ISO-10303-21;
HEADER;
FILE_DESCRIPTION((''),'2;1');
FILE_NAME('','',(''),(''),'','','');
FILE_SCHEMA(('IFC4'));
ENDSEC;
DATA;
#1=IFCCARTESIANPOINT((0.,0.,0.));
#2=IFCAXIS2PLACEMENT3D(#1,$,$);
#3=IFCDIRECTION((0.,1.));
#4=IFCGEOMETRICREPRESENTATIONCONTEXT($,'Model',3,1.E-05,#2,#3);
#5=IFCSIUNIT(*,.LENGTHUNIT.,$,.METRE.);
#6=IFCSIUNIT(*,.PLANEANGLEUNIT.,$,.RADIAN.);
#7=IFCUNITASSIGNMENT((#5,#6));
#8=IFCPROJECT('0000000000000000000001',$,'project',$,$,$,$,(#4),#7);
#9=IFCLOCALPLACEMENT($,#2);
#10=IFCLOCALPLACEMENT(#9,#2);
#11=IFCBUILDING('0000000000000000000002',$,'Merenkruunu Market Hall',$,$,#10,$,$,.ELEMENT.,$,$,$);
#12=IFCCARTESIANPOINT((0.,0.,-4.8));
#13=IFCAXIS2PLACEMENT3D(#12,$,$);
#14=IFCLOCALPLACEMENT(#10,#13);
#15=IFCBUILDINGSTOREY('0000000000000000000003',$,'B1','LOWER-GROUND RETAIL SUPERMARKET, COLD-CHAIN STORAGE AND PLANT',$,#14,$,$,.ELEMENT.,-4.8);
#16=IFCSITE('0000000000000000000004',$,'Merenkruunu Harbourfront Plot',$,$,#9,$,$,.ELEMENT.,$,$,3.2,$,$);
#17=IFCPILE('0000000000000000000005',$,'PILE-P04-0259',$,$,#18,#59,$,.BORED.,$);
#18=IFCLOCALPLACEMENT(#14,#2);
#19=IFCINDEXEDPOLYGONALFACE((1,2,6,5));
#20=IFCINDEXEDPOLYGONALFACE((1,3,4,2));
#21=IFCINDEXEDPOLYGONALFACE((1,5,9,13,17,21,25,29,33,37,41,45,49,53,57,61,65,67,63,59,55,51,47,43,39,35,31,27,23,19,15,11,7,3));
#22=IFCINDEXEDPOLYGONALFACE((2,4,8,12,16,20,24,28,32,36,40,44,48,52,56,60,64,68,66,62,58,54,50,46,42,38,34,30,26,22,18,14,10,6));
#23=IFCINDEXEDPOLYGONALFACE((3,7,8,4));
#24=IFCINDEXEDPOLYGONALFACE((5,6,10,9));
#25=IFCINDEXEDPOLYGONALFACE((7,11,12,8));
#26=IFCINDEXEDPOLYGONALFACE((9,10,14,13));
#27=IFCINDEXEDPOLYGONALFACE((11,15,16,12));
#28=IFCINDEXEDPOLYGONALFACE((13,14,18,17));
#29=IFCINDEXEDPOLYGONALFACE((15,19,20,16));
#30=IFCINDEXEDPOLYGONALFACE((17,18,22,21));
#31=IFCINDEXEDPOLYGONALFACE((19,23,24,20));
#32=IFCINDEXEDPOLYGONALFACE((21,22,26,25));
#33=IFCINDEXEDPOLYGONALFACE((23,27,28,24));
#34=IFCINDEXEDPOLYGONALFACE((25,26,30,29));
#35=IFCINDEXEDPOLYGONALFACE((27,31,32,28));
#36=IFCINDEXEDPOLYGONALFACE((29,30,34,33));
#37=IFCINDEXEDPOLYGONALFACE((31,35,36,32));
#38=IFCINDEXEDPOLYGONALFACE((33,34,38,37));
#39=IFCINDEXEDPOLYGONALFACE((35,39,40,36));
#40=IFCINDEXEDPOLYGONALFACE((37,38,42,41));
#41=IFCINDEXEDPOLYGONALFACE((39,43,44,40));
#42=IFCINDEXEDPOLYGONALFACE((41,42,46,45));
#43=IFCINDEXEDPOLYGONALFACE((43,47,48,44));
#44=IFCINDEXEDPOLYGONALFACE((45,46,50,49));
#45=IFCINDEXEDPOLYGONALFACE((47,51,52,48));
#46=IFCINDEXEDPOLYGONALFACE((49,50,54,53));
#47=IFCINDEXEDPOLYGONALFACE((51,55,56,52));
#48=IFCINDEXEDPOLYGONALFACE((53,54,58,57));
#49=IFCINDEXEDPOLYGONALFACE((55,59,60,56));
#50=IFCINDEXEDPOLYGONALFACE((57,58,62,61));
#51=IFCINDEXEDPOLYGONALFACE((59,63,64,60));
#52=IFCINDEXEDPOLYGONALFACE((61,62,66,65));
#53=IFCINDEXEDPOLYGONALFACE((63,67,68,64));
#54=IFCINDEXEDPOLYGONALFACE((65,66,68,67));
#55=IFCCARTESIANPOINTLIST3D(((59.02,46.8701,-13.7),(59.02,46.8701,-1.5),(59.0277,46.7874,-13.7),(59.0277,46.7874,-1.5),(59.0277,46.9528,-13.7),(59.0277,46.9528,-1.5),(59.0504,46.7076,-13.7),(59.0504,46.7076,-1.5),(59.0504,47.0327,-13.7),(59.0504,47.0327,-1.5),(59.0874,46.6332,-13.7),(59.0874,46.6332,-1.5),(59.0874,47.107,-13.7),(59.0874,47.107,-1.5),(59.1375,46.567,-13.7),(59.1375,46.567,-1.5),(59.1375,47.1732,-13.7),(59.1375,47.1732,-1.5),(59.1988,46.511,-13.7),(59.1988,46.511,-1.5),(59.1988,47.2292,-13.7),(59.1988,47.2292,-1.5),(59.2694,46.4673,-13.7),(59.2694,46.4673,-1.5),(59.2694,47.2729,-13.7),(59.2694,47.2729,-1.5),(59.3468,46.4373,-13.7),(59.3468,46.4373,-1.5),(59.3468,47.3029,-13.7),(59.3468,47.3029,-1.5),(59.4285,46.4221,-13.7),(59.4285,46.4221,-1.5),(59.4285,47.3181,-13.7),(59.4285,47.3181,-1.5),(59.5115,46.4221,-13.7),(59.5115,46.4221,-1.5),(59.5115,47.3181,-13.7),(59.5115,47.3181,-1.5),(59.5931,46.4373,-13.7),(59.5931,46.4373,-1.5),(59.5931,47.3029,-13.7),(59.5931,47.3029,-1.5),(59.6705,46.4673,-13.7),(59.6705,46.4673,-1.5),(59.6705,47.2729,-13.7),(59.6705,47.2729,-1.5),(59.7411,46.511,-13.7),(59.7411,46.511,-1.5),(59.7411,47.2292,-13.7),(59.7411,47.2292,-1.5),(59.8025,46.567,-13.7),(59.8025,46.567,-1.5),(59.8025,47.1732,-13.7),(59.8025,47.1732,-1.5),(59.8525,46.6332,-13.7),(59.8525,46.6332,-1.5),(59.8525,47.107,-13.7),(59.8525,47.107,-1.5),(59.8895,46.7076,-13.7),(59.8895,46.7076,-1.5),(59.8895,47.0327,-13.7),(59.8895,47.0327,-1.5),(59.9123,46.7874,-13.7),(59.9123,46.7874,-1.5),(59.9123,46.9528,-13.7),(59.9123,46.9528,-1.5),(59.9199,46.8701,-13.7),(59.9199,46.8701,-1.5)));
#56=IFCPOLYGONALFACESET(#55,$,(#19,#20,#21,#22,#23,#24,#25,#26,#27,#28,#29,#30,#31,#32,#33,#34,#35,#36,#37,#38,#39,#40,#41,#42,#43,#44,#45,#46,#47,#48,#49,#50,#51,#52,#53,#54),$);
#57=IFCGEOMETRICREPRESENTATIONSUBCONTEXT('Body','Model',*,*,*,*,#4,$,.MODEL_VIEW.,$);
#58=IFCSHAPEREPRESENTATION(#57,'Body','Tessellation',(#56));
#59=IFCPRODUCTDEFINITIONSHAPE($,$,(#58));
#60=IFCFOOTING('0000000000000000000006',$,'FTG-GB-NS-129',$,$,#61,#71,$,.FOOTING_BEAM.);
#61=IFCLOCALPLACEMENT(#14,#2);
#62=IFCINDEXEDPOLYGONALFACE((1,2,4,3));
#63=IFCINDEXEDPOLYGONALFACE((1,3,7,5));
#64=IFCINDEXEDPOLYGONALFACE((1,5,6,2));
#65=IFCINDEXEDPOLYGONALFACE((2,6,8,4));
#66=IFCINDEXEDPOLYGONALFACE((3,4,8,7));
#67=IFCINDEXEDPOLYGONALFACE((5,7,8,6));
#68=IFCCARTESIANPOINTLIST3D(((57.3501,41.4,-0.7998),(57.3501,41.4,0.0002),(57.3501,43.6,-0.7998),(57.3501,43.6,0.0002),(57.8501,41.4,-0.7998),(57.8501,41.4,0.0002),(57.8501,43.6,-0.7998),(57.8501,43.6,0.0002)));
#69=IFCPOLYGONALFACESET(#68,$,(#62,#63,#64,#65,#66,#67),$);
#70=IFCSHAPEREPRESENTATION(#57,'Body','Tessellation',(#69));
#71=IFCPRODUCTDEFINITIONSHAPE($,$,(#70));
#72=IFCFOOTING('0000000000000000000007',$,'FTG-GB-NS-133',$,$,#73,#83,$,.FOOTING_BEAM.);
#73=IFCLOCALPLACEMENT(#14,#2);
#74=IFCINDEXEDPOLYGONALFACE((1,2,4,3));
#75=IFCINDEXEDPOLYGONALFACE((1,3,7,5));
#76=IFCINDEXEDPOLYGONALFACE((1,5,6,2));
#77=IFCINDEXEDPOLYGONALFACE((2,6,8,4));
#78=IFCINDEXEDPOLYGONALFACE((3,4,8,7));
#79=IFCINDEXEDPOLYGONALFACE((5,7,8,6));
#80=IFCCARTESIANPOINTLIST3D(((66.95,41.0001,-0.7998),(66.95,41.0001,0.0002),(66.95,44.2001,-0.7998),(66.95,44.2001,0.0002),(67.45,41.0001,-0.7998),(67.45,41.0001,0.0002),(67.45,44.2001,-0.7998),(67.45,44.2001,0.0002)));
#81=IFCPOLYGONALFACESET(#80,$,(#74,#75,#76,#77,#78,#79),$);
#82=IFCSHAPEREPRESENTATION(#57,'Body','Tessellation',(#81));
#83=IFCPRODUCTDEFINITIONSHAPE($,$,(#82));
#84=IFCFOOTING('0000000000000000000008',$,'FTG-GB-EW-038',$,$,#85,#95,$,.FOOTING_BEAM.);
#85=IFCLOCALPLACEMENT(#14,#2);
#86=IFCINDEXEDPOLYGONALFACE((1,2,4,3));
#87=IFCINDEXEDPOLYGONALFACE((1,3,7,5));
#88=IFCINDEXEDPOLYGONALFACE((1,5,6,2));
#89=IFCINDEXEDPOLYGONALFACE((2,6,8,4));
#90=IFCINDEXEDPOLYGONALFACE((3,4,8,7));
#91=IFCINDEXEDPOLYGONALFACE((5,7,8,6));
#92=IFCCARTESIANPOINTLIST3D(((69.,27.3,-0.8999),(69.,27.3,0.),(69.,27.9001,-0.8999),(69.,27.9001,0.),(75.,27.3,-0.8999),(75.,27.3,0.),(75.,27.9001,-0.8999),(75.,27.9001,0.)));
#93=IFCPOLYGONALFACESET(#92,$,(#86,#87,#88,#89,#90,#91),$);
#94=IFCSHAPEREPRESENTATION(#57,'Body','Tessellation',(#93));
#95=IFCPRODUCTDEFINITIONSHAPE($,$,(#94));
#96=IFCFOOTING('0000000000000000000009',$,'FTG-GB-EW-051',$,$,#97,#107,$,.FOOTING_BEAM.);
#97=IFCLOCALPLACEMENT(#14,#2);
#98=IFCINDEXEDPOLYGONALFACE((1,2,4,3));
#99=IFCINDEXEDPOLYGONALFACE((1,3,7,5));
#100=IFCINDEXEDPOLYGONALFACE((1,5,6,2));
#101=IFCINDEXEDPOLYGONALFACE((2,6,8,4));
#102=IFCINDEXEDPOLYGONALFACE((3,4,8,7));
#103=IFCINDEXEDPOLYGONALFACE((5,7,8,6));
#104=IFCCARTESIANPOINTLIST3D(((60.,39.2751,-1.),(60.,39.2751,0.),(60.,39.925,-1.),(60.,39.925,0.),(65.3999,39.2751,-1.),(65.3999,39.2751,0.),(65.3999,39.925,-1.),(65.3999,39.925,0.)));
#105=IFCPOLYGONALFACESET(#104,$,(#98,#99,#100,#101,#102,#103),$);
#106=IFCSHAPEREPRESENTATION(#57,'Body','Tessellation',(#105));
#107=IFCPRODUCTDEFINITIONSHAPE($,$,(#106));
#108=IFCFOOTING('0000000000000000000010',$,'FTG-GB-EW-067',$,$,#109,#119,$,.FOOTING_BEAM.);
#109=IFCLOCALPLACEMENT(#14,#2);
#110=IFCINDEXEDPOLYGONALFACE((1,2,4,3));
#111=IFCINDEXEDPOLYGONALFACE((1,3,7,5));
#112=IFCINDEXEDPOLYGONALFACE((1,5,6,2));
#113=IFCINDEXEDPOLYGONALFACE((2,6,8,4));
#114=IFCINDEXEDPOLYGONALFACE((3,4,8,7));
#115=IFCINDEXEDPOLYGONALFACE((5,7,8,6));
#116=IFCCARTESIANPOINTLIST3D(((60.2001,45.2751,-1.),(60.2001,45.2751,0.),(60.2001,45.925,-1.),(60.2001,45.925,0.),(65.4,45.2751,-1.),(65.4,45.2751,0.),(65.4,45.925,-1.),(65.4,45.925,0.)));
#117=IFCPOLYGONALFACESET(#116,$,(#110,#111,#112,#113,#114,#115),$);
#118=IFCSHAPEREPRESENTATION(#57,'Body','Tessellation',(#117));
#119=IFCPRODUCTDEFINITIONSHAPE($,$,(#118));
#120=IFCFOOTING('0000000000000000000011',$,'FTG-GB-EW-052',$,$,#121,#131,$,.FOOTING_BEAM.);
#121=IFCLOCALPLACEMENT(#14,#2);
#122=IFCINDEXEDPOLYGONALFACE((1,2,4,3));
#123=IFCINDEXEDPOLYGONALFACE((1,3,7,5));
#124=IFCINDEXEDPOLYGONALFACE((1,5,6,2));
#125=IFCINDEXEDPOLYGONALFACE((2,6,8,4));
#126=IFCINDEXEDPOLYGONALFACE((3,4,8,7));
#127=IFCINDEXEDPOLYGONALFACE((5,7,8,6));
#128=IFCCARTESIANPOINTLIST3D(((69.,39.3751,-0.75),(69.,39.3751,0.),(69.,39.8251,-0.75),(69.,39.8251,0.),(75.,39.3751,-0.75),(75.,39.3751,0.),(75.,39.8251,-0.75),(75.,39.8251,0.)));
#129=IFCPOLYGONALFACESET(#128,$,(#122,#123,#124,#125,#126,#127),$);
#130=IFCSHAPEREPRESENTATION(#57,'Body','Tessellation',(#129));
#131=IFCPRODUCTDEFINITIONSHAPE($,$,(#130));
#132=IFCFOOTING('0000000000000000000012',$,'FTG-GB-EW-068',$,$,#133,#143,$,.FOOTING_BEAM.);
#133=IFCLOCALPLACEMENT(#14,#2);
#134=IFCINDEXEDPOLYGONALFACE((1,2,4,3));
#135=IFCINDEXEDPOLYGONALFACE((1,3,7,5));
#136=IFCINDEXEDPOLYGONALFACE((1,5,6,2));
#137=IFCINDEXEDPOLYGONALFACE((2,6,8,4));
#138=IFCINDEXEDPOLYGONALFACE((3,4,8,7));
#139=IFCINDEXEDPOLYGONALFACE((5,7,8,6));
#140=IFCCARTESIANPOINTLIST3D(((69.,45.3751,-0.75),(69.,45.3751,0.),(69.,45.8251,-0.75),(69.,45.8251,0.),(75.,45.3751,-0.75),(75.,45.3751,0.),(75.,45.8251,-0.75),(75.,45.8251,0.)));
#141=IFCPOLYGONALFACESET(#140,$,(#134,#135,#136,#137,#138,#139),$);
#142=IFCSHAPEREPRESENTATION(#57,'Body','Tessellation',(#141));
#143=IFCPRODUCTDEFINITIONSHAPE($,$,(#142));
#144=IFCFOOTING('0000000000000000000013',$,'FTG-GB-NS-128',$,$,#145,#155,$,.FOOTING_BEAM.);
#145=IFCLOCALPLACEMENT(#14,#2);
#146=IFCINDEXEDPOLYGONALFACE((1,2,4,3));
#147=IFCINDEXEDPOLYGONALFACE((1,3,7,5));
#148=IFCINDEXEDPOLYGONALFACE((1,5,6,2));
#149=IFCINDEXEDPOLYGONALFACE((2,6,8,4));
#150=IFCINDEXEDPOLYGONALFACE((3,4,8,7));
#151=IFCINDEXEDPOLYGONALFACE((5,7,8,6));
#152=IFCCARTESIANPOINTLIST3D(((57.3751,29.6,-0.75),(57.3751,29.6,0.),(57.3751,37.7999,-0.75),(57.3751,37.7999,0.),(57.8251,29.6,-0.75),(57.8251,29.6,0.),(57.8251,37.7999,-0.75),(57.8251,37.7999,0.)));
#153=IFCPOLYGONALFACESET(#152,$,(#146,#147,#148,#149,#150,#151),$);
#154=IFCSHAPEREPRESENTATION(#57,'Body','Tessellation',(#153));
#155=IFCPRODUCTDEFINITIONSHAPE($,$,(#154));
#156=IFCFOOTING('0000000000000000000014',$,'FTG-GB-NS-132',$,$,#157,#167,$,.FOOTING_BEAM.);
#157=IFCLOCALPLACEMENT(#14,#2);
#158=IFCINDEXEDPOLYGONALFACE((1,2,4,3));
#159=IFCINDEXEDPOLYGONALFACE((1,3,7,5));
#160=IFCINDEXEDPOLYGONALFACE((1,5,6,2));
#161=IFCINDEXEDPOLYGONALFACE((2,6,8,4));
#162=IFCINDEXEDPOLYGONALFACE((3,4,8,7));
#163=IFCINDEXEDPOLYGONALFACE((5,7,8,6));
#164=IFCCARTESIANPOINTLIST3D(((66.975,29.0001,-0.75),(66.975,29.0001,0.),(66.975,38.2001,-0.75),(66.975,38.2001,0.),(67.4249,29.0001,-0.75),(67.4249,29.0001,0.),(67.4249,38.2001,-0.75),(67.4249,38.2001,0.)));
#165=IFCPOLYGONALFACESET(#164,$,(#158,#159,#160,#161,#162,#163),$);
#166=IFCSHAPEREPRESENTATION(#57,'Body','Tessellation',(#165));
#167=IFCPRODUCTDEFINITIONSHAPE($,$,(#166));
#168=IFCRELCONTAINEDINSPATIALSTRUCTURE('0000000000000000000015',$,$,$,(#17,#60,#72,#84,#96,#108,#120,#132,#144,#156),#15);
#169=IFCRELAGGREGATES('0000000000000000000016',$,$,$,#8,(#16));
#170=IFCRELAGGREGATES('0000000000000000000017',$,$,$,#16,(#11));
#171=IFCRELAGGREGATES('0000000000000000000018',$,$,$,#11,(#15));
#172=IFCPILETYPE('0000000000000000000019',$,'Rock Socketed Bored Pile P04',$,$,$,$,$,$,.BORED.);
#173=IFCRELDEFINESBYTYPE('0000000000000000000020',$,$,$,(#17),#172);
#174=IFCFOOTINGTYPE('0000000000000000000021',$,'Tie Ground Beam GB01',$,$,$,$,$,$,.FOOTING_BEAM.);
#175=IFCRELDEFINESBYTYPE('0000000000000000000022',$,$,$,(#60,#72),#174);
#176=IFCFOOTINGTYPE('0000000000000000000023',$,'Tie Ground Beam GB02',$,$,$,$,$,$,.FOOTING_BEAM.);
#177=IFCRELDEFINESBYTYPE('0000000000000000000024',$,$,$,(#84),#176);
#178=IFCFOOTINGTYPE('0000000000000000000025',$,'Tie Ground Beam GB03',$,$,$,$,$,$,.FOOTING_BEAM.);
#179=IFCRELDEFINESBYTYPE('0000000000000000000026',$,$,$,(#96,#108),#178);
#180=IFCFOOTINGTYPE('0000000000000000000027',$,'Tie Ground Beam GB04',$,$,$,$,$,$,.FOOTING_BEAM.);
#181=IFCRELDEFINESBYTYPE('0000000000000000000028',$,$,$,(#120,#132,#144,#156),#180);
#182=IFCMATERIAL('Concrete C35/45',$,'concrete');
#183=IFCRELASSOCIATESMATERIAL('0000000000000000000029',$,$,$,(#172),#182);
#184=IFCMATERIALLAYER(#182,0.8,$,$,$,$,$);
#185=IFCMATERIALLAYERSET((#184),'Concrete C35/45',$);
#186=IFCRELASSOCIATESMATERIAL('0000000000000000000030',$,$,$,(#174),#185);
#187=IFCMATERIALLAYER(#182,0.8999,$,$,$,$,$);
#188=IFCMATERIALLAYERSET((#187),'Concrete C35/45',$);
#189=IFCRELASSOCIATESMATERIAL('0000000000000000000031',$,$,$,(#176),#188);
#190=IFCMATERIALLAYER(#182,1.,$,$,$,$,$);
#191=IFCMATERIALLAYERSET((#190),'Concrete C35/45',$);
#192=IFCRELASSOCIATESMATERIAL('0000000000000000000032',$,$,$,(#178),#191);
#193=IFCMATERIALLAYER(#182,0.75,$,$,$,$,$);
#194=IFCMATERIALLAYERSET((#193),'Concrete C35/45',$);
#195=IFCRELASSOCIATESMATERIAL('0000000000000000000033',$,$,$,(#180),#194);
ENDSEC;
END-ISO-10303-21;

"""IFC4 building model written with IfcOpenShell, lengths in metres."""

from ifc_helpers import new_model, si_unit, direction, frame, origin, origin_2d, place, context, subcontext, project, spatial, rectangle, circle, extrude, material, layer, layer_set, material_profile, profile_set, type_object, element, save


model = new_model("IFC4")

# Units and contexts
model_context = context("Model", 3, precision=1e-05, world=origin(), true_north=direction((0.0, 1.0)))
body_context = subcontext(model_context, "Body", "Model", "MODEL_VIEW")
ifc_project = project(units=[si_unit("LENGTHUNIT", "METRE"), si_unit("PLANEANGLEUNIT", "RADIAN")], contexts=[model_context])

# Site, building, storey
site_placement = place(None, origin())
site = spatial("IfcSite", under=ifc_project, at=site_placement, Name="Merenkruunu Harbourfront Plot", CompositionType="ELEMENT", RefElevation=3.2)
building_placement = place(site_placement, origin())
building = spatial("IfcBuilding", under=site, at=building_placement, Name="Merenkruunu Market Hall", CompositionType="ELEMENT")
storey_placement = place(building_placement, frame((0.0, 0.0, -4.8)))
storey = spatial("IfcBuildingStorey", under=building, at=storey_placement, Name="B1", Description="LOWER-GROUND RETAIL SUPERMARKET, COLD-CHAIN STORAGE AND PLANT", CompositionType="ELEMENT", Elevation=-4.8)

# Shared definitions
ifc_material_1 = material(Name="Concrete C35/45", Category="concrete")

# Pile
ifc_material_profile_1 = material_profile(ifc_material_1, circle(Radius=0.45, at=origin_2d()), Name="BORED PILE 900")
ifc_profile_set_1 = profile_set([ifc_material_profile_1], Name="Concrete C35/45")
pile_type_1 = type_object("IfcPileType", Name="Rock Socketed Bored Pile P04", PredefinedType="BORED", material=ifc_profile_set_1)
for number, where, z_axis, x_axis, name in (
    (1, (59.47, 46.8701, -1.5), (0.0, 0.0, -1.0), (1.0, 0.0, 0.0), "PILE-P04-0259"),
):
    element("IfcPile", number, at=place(storey_placement, frame(where, z_axis=z_axis, x_axis=x_axis)), inside=storey, type_object=pile_type_1, Name=name, PredefinedType="BORED", context=body_context, shape_type="SweptSolid", body=[
        extrude(circle(Radius=0.45, at=origin_2d()), origin(), (0.0, 0.0, 1.0), 12.2),
    ])

# Footings
ifc_layer_1 = layer(ifc_material_1, 0.8)
ifc_layer_set_1 = layer_set([ifc_layer_1], Name="Concrete C35/45")
footing_type_1 = type_object("IfcFootingType", Name="Tie Ground Beam GB01", PredefinedType="FOOTING_BEAM", material=ifc_layer_set_1)
footing_1_placement = place(storey_placement, frame((57.6001, 42.5, -0.7998), z_axis=(0.0, 0.0, 1.0), x_axis=(0.0, 1.0, 0.0)))
element("IfcFooting", 2, at=footing_1_placement, inside=storey, type_object=footing_type_1, Name="FTG-GB-NS-129", PredefinedType="FOOTING_BEAM", context=body_context, shape_type="SweptSolid", body=[
    extrude(rectangle(XDim=2.2, YDim=0.5, at=origin_2d()), origin(), (0.0, 0.0, 1.0), 0.8),
])
footing_2_placement = place(storey_placement, frame((67.2, 42.6001, -0.7998), z_axis=(0.0, 0.0, 1.0), x_axis=(0.0, 1.0, 0.0)))
element("IfcFooting", 3, at=footing_2_placement, inside=storey, type_object=footing_type_1, Name="FTG-GB-NS-133", PredefinedType="FOOTING_BEAM", context=body_context, shape_type="SweptSolid", body=[
    extrude(rectangle(XDim=3.2, YDim=0.5, at=origin_2d()), origin(), (0.0, 0.0, 1.0), 0.8),
])
ifc_layer_2 = layer(ifc_material_1, 0.8999)
ifc_layer_set_2 = layer_set([ifc_layer_2], Name="Concrete C35/45")
footing_type_2 = type_object("IfcFootingType", Name="Tie Ground Beam GB02", PredefinedType="FOOTING_BEAM", material=ifc_layer_set_2)
footing_3_placement = place(storey_placement, frame((72.0, 27.6001, -0.8999), z_axis=(0.0, 0.0, 1.0), x_axis=(1.0, 0.0, 0.0)))
element("IfcFooting", 4, at=footing_3_placement, inside=storey, type_object=footing_type_2, Name="FTG-GB-EW-038", PredefinedType="FOOTING_BEAM", context=body_context, shape_type="SweptSolid", body=[
    extrude(rectangle(XDim=6.0, YDim=0.6001, at=origin_2d()), origin(), (0.0, 0.0, 1.0), 0.8999),
])
ifc_layer_3 = layer(ifc_material_1, 1.0)
ifc_layer_set_3 = layer_set([ifc_layer_3], Name="Concrete C35/45")
footing_type_3 = type_object("IfcFootingType", Name="Tie Ground Beam GB03", PredefinedType="FOOTING_BEAM", material=ifc_layer_set_3)
footing_4_placement = place(storey_placement, frame((62.7, 39.6001, -1.0), z_axis=(0.0, 0.0, 1.0), x_axis=(1.0, 0.0, 0.0)))
element("IfcFooting", 5, at=footing_4_placement, inside=storey, type_object=footing_type_3, Name="FTG-GB-EW-051", PredefinedType="FOOTING_BEAM", context=body_context, shape_type="SweptSolid", body=[
    extrude(rectangle(XDim=5.3999, YDim=0.6499, at=origin_2d()), origin(), (0.0, 0.0, 1.0), 1.0),
])
footing_5_placement = place(storey_placement, frame((62.8, 45.6001, -1.0), z_axis=(0.0, 0.0, 1.0), x_axis=(1.0, 0.0, 0.0)))
element("IfcFooting", 6, at=footing_5_placement, inside=storey, type_object=footing_type_3, Name="FTG-GB-EW-067", PredefinedType="FOOTING_BEAM", context=body_context, shape_type="SweptSolid", body=[
    extrude(rectangle(XDim=5.2, YDim=0.6499, at=origin_2d()), origin(), (0.0, 0.0, 1.0), 1.0),
])
ifc_layer_4 = layer(ifc_material_1, 0.75)
ifc_layer_set_4 = layer_set([ifc_layer_4], Name="Concrete C35/45")
footing_type_4 = type_object("IfcFootingType", Name="Tie Ground Beam GB04", PredefinedType="FOOTING_BEAM", material=ifc_layer_set_4)
for number, where, z_axis, x_axis, name in (
    (7, (72.0, 39.6001, -0.75), (0.0, 0.0, 1.0), (1.0, 0.0, 0.0), "FTG-GB-EW-052"),
    (8, (72.0, 45.6001, -0.75), (0.0, 0.0, 1.0), (1.0, 0.0, 0.0), "FTG-GB-EW-068"),
):
    element("IfcFooting", number, at=place(storey_placement, frame(where, z_axis=z_axis, x_axis=x_axis)), inside=storey, type_object=footing_type_4, Name=name, PredefinedType="FOOTING_BEAM", context=body_context, shape_type="SweptSolid", body=[
        extrude(rectangle(XDim=6.0, YDim=0.45, at=origin_2d()), origin(), (0.0, 0.0, 1.0), 0.75),
    ])
footing_6_placement = place(storey_placement, frame((57.6001, 33.7, -0.75), z_axis=(0.0, 0.0, 1.0), x_axis=(0.0, 1.0, 0.0)))
element("IfcFooting", 9, at=footing_6_placement, inside=storey, type_object=footing_type_4, Name="FTG-GB-NS-128", PredefinedType="FOOTING_BEAM", context=body_context, shape_type="SweptSolid", body=[
    extrude(rectangle(XDim=8.2, YDim=0.45, at=origin_2d()), origin(), (0.0, 0.0, 1.0), 0.75),
])
footing_7_placement = place(storey_placement, frame((67.2, 33.6001, -0.75), z_axis=(0.0, 0.0, 1.0), x_axis=(0.0, 1.0, 0.0)))
element("IfcFooting", 10, at=footing_7_placement, inside=storey, type_object=footing_type_4, Name="FTG-GB-NS-132", PredefinedType="FOOTING_BEAM", context=body_context, shape_type="SweptSolid", body=[
    extrude(rectangle(XDim=9.2, YDim=0.45, at=origin_2d()), origin(), (0.0, 0.0, 1.0), 0.75),
])

save(model, "model.ifc")
